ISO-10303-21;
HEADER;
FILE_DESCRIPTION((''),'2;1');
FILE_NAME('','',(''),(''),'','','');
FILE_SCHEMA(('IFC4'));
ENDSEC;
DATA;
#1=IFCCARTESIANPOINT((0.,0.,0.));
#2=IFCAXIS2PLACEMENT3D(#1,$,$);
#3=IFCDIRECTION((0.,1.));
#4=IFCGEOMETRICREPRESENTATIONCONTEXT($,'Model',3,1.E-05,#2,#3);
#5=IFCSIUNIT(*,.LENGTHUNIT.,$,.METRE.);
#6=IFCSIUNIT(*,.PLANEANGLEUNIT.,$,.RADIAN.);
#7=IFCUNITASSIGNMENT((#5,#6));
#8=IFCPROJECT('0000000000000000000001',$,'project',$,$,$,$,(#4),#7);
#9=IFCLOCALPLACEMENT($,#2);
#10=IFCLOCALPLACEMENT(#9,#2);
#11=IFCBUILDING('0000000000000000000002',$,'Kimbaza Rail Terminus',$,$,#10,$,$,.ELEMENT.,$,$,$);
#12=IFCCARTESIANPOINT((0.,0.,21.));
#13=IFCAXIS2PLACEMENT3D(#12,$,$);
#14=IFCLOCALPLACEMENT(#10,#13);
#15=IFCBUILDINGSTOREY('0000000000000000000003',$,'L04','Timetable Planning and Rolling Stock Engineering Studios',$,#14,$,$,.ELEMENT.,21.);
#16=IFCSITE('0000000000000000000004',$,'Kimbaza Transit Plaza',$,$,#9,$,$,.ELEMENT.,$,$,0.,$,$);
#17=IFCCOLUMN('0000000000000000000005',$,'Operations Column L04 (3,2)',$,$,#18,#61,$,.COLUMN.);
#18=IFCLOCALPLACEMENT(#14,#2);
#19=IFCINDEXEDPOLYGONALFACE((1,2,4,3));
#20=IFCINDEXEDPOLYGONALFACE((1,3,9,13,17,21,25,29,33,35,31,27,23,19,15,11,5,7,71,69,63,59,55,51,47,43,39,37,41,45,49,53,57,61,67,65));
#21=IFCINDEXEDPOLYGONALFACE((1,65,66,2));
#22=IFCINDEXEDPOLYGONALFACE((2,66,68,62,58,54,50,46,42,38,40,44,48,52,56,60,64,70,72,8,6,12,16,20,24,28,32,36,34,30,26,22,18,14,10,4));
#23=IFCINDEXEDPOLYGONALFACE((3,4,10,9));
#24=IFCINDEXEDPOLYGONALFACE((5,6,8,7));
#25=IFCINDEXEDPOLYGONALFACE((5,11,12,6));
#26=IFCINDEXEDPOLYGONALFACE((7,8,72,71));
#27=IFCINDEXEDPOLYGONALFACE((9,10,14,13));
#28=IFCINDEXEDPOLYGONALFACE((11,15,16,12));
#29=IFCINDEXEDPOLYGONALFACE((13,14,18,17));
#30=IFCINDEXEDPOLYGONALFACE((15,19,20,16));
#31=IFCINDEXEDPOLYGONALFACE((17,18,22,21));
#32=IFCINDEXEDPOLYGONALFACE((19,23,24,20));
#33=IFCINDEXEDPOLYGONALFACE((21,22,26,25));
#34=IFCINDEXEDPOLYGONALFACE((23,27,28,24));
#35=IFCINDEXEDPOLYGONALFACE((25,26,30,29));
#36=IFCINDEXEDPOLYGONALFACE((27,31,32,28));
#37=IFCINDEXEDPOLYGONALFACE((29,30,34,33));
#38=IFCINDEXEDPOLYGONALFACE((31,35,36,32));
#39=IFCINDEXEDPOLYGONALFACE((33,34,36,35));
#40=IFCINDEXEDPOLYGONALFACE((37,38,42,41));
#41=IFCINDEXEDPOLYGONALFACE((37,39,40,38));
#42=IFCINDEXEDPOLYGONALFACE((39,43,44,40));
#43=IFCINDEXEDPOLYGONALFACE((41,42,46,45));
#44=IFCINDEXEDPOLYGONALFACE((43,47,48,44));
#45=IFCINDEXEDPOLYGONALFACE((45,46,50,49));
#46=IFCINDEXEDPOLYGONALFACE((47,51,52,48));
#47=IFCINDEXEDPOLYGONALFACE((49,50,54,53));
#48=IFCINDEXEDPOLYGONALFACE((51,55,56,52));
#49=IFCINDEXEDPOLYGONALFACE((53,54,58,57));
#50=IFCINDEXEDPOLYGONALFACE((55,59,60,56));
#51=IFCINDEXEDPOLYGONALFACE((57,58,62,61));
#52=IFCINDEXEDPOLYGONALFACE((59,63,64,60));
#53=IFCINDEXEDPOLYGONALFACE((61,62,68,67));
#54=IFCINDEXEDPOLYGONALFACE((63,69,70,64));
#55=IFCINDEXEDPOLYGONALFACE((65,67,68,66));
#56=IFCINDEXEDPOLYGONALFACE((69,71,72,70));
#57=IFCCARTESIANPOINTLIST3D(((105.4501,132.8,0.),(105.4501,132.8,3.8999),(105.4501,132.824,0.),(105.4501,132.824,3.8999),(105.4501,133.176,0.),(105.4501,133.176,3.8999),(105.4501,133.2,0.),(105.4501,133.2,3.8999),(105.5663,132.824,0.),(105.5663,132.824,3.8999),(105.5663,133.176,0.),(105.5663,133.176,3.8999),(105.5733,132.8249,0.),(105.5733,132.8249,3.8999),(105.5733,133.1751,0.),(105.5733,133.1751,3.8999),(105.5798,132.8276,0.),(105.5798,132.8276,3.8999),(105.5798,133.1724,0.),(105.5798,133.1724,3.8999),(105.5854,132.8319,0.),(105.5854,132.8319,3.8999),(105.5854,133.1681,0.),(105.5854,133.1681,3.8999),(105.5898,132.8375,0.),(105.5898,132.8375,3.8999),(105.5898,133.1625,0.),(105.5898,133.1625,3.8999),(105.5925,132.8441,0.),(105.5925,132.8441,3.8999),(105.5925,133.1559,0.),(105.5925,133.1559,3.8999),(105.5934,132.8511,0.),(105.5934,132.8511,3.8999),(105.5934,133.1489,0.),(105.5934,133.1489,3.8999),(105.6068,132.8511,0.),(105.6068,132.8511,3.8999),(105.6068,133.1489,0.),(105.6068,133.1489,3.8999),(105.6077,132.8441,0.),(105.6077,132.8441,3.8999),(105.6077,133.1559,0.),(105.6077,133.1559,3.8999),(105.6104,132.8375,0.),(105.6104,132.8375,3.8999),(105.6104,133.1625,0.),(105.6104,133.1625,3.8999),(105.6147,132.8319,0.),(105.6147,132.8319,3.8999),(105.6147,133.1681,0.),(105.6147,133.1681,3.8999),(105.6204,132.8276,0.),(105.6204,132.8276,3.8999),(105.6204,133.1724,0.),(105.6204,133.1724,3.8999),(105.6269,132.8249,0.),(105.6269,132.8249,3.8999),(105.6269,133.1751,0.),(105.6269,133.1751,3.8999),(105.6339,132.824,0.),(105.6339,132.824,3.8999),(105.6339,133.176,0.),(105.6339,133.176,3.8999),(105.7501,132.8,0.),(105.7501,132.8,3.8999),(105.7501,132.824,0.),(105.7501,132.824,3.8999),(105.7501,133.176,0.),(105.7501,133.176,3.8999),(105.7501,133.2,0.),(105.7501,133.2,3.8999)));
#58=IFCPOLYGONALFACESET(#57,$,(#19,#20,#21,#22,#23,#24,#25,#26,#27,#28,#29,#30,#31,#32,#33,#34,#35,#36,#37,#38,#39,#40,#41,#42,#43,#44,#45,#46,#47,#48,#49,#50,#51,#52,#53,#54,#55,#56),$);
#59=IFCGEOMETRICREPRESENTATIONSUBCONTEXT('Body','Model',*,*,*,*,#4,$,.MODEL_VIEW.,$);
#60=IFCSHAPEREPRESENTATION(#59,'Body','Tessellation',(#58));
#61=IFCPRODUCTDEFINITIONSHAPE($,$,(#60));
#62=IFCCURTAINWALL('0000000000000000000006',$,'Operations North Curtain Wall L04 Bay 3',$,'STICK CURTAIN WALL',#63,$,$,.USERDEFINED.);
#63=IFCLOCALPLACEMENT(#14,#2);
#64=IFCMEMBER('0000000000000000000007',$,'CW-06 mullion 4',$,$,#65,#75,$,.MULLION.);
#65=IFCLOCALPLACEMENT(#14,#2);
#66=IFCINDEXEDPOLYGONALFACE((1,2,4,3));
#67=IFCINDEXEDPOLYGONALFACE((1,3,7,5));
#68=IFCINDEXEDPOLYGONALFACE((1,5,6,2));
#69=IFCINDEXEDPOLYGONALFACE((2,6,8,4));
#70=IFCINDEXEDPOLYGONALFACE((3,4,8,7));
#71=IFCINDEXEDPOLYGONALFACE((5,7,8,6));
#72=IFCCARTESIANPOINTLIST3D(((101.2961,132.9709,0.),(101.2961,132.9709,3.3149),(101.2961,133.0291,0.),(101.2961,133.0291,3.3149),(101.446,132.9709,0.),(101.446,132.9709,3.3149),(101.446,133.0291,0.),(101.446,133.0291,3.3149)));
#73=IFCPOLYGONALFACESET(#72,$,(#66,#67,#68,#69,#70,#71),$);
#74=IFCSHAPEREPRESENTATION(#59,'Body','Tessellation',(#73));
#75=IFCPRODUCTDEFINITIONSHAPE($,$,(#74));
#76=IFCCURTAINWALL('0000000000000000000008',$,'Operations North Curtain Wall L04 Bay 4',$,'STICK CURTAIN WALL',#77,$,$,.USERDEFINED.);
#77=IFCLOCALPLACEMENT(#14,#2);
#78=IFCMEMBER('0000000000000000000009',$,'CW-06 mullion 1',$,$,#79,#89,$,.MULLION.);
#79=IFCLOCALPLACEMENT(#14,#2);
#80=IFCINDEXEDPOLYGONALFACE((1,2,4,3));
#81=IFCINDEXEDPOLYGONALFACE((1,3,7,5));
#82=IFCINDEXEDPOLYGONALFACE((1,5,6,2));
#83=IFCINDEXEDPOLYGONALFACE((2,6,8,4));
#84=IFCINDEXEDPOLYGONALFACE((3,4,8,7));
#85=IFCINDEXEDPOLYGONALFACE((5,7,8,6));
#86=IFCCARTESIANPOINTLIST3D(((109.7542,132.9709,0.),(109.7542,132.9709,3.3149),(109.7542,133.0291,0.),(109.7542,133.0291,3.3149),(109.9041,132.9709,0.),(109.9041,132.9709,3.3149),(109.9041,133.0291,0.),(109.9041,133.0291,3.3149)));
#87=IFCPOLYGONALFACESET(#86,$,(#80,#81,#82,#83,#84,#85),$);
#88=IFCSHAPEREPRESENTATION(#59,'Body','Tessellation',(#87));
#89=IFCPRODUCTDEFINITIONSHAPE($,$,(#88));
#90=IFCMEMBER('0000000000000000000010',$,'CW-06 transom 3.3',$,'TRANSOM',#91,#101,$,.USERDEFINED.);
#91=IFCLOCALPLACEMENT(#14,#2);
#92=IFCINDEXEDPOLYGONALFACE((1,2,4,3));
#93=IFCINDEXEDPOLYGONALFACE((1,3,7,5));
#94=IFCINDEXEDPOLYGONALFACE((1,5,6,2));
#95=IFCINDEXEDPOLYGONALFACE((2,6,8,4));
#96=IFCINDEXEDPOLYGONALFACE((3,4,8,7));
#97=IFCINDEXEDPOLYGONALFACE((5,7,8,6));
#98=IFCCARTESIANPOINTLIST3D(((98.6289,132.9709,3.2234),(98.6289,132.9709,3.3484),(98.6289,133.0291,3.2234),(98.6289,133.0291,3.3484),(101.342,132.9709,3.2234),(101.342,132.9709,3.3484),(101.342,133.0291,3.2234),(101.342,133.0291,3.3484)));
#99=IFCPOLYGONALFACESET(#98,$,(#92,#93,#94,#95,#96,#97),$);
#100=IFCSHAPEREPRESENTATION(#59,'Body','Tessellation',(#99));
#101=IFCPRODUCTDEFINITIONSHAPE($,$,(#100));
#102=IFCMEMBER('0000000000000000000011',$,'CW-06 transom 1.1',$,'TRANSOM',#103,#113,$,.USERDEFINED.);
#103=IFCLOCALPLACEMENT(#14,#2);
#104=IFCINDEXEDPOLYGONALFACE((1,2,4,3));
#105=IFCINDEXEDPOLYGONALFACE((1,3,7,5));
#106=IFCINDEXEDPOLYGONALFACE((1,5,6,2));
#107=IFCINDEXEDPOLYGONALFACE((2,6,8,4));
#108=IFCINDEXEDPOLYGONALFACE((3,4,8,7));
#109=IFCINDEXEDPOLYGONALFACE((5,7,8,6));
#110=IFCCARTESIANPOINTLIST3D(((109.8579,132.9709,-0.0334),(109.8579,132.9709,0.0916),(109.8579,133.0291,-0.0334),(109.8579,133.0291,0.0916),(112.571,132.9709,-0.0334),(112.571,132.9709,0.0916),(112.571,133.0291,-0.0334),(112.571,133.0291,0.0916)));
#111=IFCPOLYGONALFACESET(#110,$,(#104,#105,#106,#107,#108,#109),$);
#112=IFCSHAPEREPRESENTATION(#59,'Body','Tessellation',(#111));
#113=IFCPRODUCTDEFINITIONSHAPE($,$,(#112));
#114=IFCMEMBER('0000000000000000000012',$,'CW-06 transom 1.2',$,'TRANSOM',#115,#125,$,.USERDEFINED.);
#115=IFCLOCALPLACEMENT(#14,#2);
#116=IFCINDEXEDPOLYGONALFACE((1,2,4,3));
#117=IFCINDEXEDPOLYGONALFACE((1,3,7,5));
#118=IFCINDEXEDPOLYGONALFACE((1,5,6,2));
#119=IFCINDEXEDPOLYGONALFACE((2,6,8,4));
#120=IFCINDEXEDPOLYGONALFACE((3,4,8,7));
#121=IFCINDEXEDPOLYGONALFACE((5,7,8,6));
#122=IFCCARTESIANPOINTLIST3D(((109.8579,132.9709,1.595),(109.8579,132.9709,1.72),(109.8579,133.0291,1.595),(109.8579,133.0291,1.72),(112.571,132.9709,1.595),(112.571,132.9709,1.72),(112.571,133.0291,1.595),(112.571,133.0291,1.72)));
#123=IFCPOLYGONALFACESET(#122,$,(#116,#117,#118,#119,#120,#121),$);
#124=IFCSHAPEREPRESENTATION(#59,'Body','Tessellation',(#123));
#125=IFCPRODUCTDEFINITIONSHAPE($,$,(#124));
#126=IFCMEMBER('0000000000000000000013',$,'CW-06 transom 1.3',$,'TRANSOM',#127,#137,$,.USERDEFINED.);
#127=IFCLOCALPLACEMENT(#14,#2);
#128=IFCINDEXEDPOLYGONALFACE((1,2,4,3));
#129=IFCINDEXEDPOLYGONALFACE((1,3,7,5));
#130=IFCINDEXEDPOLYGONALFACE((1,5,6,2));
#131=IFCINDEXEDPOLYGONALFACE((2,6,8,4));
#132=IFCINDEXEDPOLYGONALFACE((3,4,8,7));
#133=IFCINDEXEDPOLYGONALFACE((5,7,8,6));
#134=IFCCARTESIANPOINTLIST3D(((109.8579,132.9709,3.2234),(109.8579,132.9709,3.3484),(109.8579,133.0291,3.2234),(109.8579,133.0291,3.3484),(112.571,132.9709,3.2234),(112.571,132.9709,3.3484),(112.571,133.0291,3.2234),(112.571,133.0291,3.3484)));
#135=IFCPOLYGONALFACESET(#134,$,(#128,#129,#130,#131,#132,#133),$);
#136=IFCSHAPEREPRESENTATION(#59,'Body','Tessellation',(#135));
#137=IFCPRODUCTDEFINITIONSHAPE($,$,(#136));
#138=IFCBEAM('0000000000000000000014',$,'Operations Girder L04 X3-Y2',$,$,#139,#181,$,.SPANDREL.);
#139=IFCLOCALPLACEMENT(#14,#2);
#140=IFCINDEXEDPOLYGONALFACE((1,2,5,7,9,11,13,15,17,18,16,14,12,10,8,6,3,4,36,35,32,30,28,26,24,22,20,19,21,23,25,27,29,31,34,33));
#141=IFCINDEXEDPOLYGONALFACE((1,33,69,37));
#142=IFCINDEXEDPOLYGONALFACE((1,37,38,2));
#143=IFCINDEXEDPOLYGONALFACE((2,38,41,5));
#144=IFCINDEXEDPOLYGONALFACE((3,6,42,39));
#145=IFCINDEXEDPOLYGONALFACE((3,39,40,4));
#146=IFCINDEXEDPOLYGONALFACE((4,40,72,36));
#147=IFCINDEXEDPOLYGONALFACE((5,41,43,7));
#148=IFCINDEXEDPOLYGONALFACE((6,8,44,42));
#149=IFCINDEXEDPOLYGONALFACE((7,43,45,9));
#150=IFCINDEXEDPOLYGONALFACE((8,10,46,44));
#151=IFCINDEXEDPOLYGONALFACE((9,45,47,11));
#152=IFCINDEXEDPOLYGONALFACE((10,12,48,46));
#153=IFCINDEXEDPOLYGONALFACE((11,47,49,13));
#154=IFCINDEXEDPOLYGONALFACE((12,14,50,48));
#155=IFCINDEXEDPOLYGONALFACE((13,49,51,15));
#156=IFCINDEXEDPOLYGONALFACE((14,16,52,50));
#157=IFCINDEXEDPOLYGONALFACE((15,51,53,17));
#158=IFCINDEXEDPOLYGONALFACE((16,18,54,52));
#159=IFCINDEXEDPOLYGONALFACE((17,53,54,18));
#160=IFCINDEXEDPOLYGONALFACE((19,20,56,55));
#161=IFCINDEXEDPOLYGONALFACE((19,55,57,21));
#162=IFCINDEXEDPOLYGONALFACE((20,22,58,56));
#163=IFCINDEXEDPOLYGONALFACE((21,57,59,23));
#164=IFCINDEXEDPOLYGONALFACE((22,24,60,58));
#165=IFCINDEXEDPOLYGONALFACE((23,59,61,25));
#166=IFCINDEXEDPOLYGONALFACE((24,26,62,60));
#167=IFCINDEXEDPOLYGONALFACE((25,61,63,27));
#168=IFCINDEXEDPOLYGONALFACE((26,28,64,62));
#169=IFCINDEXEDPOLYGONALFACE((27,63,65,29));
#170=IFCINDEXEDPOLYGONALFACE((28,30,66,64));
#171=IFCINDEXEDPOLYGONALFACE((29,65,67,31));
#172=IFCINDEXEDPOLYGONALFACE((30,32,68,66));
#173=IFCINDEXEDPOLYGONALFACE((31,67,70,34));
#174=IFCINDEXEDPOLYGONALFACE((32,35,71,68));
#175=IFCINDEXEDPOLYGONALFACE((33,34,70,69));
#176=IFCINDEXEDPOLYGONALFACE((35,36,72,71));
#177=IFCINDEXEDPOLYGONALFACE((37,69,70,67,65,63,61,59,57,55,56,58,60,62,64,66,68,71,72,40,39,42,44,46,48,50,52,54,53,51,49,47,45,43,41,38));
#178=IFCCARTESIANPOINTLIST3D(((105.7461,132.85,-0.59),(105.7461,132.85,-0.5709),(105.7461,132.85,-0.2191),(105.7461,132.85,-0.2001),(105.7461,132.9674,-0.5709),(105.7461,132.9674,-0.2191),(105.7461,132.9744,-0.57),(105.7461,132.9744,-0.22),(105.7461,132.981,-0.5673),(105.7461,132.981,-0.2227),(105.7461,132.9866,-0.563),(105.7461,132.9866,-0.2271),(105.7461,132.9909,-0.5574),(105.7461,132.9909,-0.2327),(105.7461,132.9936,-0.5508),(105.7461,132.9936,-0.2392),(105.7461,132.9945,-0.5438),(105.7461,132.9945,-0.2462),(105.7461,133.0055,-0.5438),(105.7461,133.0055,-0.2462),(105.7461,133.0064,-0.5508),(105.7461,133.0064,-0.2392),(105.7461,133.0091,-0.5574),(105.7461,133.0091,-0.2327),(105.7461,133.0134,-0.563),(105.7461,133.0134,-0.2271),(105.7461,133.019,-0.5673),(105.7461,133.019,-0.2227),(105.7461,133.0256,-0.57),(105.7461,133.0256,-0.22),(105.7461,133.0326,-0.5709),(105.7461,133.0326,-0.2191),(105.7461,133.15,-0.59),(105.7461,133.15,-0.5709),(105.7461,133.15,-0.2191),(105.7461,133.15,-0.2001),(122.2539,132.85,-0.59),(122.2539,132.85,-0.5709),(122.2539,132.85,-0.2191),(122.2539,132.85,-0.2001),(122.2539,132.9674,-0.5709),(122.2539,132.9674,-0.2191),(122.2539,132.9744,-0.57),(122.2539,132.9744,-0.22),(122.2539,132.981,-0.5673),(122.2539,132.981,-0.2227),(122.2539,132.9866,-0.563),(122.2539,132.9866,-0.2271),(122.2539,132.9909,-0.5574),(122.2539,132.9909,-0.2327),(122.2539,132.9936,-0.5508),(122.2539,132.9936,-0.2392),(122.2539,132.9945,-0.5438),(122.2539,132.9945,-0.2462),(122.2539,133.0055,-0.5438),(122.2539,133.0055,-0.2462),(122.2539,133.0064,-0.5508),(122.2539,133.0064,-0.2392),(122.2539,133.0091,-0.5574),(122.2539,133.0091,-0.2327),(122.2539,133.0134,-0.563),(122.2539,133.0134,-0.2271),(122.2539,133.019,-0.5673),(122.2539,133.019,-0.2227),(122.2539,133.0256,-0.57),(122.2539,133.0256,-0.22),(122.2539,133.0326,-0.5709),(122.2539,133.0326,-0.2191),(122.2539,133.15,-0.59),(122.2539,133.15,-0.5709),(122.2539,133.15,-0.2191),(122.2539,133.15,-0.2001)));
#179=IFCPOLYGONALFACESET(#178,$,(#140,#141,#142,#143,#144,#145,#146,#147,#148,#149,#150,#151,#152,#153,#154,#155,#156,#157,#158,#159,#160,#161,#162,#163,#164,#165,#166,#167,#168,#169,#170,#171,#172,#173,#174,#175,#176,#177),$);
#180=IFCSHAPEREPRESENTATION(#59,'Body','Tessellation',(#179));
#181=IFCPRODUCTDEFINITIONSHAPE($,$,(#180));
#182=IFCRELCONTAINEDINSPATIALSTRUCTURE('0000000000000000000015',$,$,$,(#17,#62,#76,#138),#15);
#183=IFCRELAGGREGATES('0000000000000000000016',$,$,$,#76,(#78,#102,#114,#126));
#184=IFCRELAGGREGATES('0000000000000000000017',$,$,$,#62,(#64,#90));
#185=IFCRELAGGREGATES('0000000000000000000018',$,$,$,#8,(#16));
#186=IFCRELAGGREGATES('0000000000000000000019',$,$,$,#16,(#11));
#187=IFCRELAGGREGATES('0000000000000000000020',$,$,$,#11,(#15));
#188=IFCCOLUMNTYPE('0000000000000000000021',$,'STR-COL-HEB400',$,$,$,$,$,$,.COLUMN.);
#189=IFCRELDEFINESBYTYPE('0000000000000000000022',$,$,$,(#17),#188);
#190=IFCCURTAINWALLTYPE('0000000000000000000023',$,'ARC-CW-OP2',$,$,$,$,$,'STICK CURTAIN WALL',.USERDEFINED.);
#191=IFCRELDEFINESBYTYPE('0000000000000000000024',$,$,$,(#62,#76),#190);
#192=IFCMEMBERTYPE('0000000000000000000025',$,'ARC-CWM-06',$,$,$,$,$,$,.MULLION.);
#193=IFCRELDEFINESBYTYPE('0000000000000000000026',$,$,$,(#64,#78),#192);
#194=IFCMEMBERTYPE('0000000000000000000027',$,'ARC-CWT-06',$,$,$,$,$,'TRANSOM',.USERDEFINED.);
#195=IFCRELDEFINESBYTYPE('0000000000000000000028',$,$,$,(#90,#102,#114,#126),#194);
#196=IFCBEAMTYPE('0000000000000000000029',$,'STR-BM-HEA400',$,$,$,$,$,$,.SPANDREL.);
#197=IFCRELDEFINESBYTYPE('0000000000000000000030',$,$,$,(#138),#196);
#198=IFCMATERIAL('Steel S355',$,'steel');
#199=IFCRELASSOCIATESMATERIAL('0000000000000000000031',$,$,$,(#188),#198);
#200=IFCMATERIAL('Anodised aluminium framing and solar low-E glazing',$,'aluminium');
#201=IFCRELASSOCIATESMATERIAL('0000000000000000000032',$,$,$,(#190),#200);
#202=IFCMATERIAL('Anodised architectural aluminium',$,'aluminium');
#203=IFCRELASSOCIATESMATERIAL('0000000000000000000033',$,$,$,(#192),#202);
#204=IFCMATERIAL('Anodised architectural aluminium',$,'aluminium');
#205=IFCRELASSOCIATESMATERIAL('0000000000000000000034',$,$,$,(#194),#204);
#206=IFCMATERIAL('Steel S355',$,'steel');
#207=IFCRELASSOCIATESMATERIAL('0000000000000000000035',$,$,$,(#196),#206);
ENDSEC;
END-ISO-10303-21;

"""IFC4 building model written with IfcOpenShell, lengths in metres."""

from ifc_helpers import new_model, si_unit, direction, frame, origin, origin_2d, place, context, subcontext, project, spatial, rectangle, i_section, extrude, material, material_profile, profile_set, type_object, element, aggregate, save


model = new_model("IFC4")

# Units and contexts
model_context = context("Model", 3, precision=1e-05, world=origin(), true_north=direction((0.0, 1.0)))
body_context = subcontext(model_context, "Body", "Model", "MODEL_VIEW")
ifc_project = project(units=[si_unit("LENGTHUNIT", "METRE"), si_unit("PLANEANGLEUNIT", "RADIAN")], contexts=[model_context])

# Site, building, storey
site_placement = place(None, origin())
site = spatial("IfcSite", under=ifc_project, at=site_placement, Name="Kimbaza Transit Plaza", CompositionType="ELEMENT", RefElevation=0.0)
building_placement = place(site_placement, origin())
building = spatial("IfcBuilding", under=site, at=building_placement, Name="Kimbaza Rail Terminus", CompositionType="ELEMENT")
storey_placement = place(building_placement, frame((0.0, 0.0, 21.0)))
storey = spatial("IfcBuildingStorey", under=building, at=storey_placement, Name="L04", Description="Timetable Planning and Rolling Stock Engineering Studios", CompositionType="ELEMENT", Elevation=21.0)

# Column
ifc_material_1 = material(Name="Steel S355", Category="steel")
ifc_material_profile_1 = material_profile(ifc_material_1, i_section(OverallWidth=0.3, OverallDepth=0.3999, WebThickness=0.0134, FlangeThickness=0.0239, FilletRadius=0.0271, at=origin_2d()), Name="HEB 400")
ifc_profile_set_1 = profile_set([ifc_material_profile_1], Name="Steel S355")
column_type = type_object("IfcColumnType", Name="STR-COL-HEB400", PredefinedType="COLUMN", material=ifc_profile_set_1)
column_placement = place(storey_placement, frame((105.6001, 133.0, 0.0), z_axis=(0.0, 0.0, 1.0), x_axis=(1.0, 0.0, 0.0)))
element("IfcColumn", 1, at=column_placement, inside=storey, type_object=column_type, Name="Operations Column L04 (3,2)", PredefinedType="COLUMN", context=body_context, shape_type="SweptSolid", body=[
    extrude(i_section(OverallWidth=0.3, OverallDepth=0.3999, WebThickness=0.0134, FlangeThickness=0.0239, FilletRadius=0.0271, at=origin_2d()), origin(), (0.0, 0.0, 1.0), 3.8999),
])

# Curtain walls, members
ifc_material_2 = material(Name="Anodised aluminium framing and solar low-E glazing", Category="aluminium")
curtain_wall_type = type_object("IfcCurtainWallType", Name="ARC-CW-OP2", ElementType="STICK CURTAIN WALL", PredefinedType="USERDEFINED", material=ifc_material_2)
curtain_wall_1_placement = place(storey_placement, origin())
curtain_wall_1 = element("IfcCurtainWall", 2, at=curtain_wall_1_placement, inside=storey, type_object=curtain_wall_type, Name="Operations North Curtain Wall L04 Bay 3", ObjectType="STICK CURTAIN WALL", PredefinedType="USERDEFINED")
ifc_material_3 = material(Name="Anodised architectural aluminium", Category="aluminium")
ifc_material_profile_2 = material_profile(ifc_material_3, rectangle(XDim=0.0581, YDim=0.1499, at=origin_2d()), Name="MULLION 58x150")
ifc_profile_set_2 = profile_set([ifc_material_profile_2], Name="Anodised architectural aluminium")
member_type_1 = type_object("IfcMemberType", Name="ARC-CWM-06", PredefinedType="MULLION", material=ifc_profile_set_2)
member_1_placement = place(storey_placement, frame((101.3711, 133.0, 0.0), z_axis=(0.0, 0.0, 1.0), x_axis=(0.0, 1.0, 0.0)))
member_1 = element("IfcMember", 3, at=member_1_placement, type_object=member_type_1, Name="CW-06 mullion 4", PredefinedType="MULLION", context=body_context, shape_type="SweptSolid", body=[
    extrude(rectangle(XDim=0.0581, YDim=0.1499, at=origin_2d()), origin(), (0.0, 0.0, 1.0), 3.3149),
])
curtain_wall_2_placement = place(storey_placement, origin())
curtain_wall_2 = element("IfcCurtainWall", 4, at=curtain_wall_2_placement, inside=storey, type_object=curtain_wall_type, Name="Operations North Curtain Wall L04 Bay 4", ObjectType="STICK CURTAIN WALL", PredefinedType="USERDEFINED")
member_2_placement = place(storey_placement, frame((109.8291, 133.0, 0.0), z_axis=(0.0, 0.0, 1.0), x_axis=(0.0, 1.0, 0.0)))
member_2 = element("IfcMember", 5, at=member_2_placement, type_object=member_type_1, Name="CW-06 mullion 1", PredefinedType="MULLION", context=body_context, shape_type="SweptSolid", body=[
    extrude(rectangle(XDim=0.0581, YDim=0.1499, at=origin_2d()), origin(), (0.0, 0.0, 1.0), 3.3149),
])

# Members
ifc_material_4 = material(Name="Anodised architectural aluminium", Category="aluminium")
ifc_material_profile_3 = material_profile(ifc_material_4, rectangle(XDim=0.0581, YDim=0.125, at=origin_2d()), Name="TRANSOM 58x125")
ifc_profile_set_3 = profile_set([ifc_material_profile_3], Name="Anodised architectural aluminium")
member_type_2 = type_object("IfcMemberType", Name="ARC-CWT-06", ElementType="TRANSOM", PredefinedType="USERDEFINED", material=ifc_profile_set_3)
member_3_placement = place(storey_placement, frame((98.6289, 133.0, 3.2859), z_axis=(1.0, 0.0, 0.0), x_axis=(0.0, 1.0, 0.0)))
member_3 = element("IfcMember", 6, at=member_3_placement, type_object=member_type_2, Name="CW-06 transom 3.3", ObjectType="TRANSOM", PredefinedType="USERDEFINED", context=body_context, shape_type="SweptSolid", body=[
    extrude(rectangle(XDim=0.0581, YDim=0.125, at=origin_2d()), origin(), (0.0, 0.0, 1.0), 2.7131),
])
member_4_placement = place(storey_placement, frame((109.8579, 133.0, 0.0291), z_axis=(1.0, 0.0, 0.0), x_axis=(0.0, 1.0, 0.0)))
member_4 = element("IfcMember", 7, at=member_4_placement, type_object=member_type_2, Name="CW-06 transom 1.1", ObjectType="TRANSOM", PredefinedType="USERDEFINED", context=body_context, shape_type="SweptSolid", body=[
    extrude(rectangle(XDim=0.0581, YDim=0.125, at=origin_2d()), origin(), (0.0, 0.0, 1.0), 2.7131),
])
member_5_placement = place(storey_placement, frame((109.8579, 133.0, 1.6575), z_axis=(1.0, 0.0, 0.0), x_axis=(0.0, 1.0, 0.0)))
member_5 = element("IfcMember", 8, at=member_5_placement, type_object=member_type_2, Name="CW-06 transom 1.2", ObjectType="TRANSOM", PredefinedType="USERDEFINED", context=body_context, shape_type="SweptSolid", body=[
    extrude(rectangle(XDim=0.0581, YDim=0.125, at=origin_2d()), origin(), (0.0, 0.0, 1.0), 2.7131),
])
member_6_placement = place(storey_placement, frame((109.8579, 133.0, 3.2859), z_axis=(1.0, 0.0, 0.0), x_axis=(0.0, 1.0, 0.0)))
member_6 = element("IfcMember", 9, at=member_6_placement, type_object=member_type_2, Name="CW-06 transom 1.3", ObjectType="TRANSOM", PredefinedType="USERDEFINED", context=body_context, shape_type="SweptSolid", body=[
    extrude(rectangle(XDim=0.0581, YDim=0.125, at=origin_2d()), origin(), (0.0, 0.0, 1.0), 2.7131),
])
aggregate(curtain_wall_2, [member_2, member_4, member_5, member_6])

# Beam
ifc_material_5 = material(Name="Steel S355", Category="steel")
ifc_material_profile_4 = material_profile(ifc_material_5, i_section(OverallWidth=0.3, OverallDepth=0.3899, WebThickness=0.011, FlangeThickness=0.019, FilletRadius=0.0271, at=origin_2d()), Name="HEA 400")
ifc_profile_set_4 = profile_set([ifc_material_profile_4], Name="Steel S355")
beam_type = type_object("IfcBeamType", Name="STR-BM-HEA400", PredefinedType="SPANDREL", material=ifc_profile_set_4)
beam_placement = place(storey_placement, frame((105.7461, 133.0, -0.395), z_axis=(1.0, 0.0, 0.0), x_axis=(0.0, 1.0, 0.0)))
element("IfcBeam", 10, at=beam_placement, inside=storey, type_object=beam_type, Name="Operations Girder L04 X3-Y2", PredefinedType="SPANDREL", context=body_context, shape_type="SweptSolid", body=[
    extrude(i_section(OverallWidth=0.3, OverallDepth=0.3899, WebThickness=0.011, FlangeThickness=0.019, FilletRadius=0.0271, at=origin_2d()), origin(), (0.0, 0.0, 1.0), 16.5078),
])

aggregate(curtain_wall_1, [member_1, member_3])

save(model, "model.ifc")
